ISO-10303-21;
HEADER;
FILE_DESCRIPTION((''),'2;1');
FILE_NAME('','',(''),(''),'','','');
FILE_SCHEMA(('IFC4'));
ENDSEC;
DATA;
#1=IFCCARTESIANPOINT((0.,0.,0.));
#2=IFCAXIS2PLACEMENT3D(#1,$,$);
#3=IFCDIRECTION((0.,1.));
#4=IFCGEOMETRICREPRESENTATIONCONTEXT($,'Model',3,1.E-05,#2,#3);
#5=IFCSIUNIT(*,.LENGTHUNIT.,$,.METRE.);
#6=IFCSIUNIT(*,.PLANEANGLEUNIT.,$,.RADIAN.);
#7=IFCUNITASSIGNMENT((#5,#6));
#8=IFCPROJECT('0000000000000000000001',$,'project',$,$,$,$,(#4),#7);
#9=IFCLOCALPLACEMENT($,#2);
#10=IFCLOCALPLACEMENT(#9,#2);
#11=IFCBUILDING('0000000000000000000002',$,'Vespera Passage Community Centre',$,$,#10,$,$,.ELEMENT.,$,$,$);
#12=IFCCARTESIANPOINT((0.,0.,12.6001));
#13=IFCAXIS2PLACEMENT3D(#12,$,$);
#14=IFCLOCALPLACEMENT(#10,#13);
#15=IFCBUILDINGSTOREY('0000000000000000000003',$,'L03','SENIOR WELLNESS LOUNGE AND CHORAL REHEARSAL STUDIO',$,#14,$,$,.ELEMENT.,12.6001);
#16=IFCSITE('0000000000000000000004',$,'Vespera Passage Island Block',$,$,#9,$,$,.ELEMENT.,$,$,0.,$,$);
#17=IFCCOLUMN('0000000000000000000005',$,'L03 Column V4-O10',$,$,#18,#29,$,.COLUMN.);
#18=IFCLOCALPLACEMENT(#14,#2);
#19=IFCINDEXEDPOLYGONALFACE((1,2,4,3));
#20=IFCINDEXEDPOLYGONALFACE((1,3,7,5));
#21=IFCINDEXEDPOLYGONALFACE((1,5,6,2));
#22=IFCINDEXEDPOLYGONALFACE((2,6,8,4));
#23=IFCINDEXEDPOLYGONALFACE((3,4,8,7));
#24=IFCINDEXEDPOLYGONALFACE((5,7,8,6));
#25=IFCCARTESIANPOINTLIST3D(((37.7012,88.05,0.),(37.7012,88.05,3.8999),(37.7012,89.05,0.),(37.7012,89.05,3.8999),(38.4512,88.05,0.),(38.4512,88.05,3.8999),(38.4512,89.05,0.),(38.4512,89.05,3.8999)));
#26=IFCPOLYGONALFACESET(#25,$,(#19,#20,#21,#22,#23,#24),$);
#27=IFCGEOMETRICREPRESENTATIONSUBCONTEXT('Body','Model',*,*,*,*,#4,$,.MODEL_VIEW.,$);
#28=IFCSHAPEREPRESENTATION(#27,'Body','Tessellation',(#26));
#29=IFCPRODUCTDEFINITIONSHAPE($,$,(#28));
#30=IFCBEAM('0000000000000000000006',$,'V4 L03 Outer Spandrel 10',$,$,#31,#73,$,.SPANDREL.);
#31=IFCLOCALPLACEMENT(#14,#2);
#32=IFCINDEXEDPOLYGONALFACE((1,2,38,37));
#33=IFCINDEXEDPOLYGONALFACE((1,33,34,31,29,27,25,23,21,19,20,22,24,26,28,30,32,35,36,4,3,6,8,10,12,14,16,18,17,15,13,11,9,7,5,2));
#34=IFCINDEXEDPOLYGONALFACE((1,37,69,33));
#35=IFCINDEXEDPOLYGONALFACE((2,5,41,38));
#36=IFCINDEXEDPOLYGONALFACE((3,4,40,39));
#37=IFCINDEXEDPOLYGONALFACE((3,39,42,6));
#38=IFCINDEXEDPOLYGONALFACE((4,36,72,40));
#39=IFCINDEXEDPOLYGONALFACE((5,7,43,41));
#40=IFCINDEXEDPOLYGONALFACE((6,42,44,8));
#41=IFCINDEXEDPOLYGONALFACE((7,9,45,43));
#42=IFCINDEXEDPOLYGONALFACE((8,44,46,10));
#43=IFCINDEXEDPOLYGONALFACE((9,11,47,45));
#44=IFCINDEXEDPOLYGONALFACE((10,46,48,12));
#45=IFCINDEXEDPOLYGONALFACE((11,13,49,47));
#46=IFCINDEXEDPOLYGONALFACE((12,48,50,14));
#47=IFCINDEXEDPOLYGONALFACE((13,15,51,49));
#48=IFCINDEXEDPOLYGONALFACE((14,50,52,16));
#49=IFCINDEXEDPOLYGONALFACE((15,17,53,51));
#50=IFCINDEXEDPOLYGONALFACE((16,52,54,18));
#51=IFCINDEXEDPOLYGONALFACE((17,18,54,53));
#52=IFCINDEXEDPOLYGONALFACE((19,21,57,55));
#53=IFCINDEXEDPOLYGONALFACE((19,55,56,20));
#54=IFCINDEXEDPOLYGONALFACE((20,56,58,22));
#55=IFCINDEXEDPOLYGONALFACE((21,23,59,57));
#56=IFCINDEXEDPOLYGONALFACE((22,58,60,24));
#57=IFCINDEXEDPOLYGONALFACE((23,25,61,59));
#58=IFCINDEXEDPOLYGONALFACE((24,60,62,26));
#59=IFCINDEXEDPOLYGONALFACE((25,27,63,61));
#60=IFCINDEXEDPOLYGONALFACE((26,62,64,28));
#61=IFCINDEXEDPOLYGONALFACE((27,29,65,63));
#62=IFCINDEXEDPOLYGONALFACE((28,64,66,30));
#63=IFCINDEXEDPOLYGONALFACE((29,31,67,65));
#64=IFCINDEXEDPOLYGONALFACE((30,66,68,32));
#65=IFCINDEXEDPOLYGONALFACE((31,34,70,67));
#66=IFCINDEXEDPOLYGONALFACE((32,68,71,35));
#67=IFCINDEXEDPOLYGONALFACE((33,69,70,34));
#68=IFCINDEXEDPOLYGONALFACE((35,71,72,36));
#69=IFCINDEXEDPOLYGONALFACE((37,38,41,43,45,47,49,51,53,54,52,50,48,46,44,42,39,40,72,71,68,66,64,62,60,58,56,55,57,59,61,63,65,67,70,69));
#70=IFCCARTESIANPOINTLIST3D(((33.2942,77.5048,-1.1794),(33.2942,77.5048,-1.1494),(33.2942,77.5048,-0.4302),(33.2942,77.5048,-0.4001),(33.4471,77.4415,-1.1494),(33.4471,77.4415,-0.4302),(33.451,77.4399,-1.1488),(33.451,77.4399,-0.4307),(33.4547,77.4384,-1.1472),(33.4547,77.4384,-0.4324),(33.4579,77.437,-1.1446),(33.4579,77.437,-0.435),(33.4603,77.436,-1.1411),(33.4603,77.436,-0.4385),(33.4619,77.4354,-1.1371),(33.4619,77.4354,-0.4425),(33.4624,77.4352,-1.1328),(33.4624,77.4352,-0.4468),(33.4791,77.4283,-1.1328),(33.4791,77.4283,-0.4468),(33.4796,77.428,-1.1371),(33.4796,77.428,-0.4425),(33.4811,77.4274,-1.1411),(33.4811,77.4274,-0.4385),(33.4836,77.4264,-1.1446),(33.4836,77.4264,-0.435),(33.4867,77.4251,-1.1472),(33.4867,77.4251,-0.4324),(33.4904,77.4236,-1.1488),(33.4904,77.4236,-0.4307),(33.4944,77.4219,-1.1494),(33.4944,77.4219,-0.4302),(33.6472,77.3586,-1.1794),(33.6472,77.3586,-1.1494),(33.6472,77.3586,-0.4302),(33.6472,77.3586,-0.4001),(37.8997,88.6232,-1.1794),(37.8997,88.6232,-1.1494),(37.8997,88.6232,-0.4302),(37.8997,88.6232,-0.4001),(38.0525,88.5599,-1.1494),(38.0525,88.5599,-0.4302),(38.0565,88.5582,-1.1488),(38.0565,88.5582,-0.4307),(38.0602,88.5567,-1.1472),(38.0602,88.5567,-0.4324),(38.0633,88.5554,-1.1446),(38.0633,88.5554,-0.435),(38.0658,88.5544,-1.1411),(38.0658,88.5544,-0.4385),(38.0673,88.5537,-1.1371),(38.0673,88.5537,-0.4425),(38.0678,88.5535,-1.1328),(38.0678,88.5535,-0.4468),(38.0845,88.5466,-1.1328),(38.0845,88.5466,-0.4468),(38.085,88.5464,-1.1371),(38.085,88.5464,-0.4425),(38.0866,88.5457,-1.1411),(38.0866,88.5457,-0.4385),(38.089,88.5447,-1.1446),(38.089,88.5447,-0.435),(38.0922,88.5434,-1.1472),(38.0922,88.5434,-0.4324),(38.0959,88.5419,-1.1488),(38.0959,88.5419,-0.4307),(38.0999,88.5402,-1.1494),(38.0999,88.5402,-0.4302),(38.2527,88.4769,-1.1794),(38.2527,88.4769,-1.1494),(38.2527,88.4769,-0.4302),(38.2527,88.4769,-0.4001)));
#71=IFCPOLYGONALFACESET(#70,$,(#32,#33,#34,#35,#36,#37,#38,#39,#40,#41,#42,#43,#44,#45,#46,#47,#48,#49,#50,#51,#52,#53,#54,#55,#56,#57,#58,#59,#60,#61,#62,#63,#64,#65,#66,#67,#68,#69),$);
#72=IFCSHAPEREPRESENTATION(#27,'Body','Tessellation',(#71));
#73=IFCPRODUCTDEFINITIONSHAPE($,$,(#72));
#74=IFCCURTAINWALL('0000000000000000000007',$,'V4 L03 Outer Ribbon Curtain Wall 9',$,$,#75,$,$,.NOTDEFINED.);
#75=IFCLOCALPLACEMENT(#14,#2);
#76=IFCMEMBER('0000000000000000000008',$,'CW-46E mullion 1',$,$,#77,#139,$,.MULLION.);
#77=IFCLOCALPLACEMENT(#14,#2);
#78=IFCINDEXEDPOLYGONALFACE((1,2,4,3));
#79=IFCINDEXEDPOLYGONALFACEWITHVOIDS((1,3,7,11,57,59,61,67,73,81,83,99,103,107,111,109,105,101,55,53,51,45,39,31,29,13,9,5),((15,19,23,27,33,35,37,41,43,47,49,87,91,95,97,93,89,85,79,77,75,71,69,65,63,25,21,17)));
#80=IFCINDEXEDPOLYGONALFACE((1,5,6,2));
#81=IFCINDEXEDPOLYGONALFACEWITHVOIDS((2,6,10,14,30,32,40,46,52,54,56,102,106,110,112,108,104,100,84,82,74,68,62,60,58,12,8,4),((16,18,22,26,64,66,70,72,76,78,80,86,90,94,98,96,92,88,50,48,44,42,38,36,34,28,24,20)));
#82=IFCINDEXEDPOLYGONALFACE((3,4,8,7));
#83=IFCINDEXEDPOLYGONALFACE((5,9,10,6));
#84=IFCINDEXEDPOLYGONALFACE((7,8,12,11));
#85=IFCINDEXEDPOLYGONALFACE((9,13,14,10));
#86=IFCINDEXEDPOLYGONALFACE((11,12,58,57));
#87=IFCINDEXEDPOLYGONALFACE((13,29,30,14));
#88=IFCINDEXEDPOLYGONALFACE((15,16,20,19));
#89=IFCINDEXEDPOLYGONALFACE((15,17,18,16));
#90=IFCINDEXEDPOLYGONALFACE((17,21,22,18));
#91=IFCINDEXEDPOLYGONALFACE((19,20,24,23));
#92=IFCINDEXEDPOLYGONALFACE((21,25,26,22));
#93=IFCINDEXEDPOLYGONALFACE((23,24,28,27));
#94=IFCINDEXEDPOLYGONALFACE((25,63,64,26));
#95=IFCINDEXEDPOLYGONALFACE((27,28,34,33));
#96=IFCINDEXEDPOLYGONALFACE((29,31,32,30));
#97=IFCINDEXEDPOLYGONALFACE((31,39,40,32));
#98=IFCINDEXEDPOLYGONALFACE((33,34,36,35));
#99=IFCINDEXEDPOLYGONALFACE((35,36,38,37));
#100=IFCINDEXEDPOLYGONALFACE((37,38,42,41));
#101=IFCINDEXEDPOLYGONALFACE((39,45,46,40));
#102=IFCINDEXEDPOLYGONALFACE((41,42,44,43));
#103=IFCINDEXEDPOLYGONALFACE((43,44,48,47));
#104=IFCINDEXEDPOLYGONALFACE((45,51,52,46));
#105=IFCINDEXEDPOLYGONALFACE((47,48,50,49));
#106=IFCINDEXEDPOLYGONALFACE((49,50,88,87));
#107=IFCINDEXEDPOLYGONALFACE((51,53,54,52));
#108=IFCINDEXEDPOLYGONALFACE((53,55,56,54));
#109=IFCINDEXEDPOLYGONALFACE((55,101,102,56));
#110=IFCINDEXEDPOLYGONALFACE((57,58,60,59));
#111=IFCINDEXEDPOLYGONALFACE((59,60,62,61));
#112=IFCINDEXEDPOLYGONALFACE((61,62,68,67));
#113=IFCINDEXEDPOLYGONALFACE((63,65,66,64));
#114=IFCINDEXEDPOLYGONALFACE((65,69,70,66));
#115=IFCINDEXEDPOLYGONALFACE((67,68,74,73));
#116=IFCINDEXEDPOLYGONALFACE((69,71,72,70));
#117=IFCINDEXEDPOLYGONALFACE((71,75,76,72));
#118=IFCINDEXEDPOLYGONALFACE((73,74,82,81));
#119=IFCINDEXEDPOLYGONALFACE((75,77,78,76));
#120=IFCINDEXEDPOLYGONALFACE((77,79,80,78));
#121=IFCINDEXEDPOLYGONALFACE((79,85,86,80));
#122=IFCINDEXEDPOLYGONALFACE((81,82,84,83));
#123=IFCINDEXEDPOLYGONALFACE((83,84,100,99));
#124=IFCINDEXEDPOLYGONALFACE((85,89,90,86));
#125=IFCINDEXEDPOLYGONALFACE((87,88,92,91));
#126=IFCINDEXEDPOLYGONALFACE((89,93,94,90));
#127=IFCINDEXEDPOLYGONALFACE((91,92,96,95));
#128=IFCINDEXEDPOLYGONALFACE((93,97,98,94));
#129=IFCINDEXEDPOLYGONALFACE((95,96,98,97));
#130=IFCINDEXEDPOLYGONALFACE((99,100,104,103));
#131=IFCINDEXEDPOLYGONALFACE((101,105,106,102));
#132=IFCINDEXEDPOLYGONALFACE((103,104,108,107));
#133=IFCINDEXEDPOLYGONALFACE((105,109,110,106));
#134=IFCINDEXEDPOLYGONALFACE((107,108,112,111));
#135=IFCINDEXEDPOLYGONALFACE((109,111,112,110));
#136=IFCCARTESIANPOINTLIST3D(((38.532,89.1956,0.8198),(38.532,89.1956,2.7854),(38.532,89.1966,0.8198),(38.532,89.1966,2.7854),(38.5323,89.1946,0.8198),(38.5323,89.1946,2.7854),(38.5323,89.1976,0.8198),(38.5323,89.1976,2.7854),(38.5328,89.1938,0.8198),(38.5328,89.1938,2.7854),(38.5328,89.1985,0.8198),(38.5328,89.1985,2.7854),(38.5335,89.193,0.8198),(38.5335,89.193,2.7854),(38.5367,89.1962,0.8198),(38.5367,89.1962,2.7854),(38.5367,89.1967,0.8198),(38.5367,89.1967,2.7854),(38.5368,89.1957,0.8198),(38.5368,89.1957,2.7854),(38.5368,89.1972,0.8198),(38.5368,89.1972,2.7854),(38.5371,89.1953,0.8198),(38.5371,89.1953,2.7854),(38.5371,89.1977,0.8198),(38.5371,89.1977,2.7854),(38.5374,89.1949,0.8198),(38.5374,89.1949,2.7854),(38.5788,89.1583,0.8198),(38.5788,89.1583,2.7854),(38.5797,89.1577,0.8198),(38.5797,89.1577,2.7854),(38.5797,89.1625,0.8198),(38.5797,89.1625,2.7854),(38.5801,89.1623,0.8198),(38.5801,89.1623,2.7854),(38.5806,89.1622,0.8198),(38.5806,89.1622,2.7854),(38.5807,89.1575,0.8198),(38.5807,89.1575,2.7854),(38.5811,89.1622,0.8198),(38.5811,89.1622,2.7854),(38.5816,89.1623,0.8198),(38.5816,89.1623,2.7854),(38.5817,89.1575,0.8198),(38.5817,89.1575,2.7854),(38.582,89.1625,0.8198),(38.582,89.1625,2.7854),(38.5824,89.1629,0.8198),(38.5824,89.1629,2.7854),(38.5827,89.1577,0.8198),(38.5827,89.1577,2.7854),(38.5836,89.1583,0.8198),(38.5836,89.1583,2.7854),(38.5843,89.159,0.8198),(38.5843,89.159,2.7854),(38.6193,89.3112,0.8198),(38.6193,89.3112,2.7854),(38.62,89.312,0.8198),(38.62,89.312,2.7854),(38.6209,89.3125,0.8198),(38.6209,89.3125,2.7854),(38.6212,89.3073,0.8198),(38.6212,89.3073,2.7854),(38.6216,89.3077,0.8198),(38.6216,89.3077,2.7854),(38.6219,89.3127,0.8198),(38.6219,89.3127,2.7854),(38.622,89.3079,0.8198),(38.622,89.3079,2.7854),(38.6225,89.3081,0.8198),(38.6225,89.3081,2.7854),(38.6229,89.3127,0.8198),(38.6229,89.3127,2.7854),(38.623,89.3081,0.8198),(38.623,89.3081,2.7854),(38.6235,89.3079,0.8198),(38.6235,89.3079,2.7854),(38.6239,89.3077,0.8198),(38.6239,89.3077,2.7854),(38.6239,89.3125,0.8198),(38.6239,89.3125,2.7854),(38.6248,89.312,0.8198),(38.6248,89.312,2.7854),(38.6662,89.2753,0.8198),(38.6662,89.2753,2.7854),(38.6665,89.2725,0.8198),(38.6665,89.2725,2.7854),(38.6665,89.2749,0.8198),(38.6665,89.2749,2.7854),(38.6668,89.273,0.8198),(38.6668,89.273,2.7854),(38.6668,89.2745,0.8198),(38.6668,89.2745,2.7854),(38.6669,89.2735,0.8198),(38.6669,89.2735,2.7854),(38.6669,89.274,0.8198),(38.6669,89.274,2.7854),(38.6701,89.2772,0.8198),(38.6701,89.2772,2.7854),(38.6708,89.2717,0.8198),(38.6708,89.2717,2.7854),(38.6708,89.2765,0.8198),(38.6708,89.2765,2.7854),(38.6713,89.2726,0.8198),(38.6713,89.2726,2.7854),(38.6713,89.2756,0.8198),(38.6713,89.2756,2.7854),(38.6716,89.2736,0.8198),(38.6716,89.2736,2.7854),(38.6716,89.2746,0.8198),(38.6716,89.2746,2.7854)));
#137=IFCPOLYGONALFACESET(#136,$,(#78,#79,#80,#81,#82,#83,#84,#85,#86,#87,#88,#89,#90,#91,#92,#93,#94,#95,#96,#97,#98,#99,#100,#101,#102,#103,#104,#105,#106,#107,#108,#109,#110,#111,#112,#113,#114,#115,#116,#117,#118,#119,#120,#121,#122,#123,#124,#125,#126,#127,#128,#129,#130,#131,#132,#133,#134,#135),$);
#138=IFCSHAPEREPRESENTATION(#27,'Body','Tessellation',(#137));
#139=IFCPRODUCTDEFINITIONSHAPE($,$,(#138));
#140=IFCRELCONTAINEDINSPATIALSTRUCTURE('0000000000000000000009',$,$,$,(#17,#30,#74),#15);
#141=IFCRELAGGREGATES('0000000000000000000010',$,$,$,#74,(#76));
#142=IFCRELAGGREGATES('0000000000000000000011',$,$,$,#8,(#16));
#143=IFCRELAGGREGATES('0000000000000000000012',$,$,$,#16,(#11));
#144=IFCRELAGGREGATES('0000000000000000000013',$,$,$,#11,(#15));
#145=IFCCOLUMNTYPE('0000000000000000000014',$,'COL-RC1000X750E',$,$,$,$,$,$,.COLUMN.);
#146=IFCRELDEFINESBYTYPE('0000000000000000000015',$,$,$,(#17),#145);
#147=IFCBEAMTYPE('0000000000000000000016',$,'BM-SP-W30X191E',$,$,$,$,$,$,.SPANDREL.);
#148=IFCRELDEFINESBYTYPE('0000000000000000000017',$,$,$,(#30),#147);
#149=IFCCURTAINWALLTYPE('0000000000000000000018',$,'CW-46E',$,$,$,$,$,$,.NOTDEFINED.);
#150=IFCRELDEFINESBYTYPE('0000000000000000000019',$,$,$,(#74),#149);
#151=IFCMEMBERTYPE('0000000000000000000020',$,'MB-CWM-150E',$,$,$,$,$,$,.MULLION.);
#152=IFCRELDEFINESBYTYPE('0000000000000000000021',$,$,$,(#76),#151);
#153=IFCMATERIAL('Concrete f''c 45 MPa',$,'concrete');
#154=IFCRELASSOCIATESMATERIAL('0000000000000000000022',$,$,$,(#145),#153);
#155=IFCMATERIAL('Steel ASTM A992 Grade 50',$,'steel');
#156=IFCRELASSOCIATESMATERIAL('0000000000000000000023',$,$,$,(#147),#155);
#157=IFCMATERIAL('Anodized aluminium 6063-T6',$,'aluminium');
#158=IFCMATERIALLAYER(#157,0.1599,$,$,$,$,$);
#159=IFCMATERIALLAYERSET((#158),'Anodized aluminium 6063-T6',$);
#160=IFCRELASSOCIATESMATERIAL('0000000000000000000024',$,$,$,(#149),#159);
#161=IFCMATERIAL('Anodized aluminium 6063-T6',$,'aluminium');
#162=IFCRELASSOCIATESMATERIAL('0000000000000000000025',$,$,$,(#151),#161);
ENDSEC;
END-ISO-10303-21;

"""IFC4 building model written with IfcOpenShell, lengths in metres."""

from ifc_helpers import new_model, si_unit, direction, frame, origin, origin_2d, place, context, subcontext, project, spatial, rectangle, hollow_rectangle, i_section, extrude, material, layer, layer_set, material_profile, profile_set, type_object, element, aggregate, save


model = new_model("IFC4")

# Units and contexts
model_context = context("Model", 3, precision=1e-05, world=origin(), true_north=direction((0.0, 1.0)))
body_context = subcontext(model_context, "Body", "Model", "MODEL_VIEW")
ifc_project = project(units=[si_unit("LENGTHUNIT", "METRE"), si_unit("PLANEANGLEUNIT", "RADIAN")], contexts=[model_context])

# Site, building, storey
site_placement = place(None, origin())
site = spatial("IfcSite", under=ifc_project, at=site_placement, Name="Vespera Passage Island Block", CompositionType="ELEMENT", RefElevation=0.0)
building_placement = place(site_placement, origin())
building = spatial("IfcBuilding", under=site, at=building_placement, Name="Vespera Passage Community Centre", CompositionType="ELEMENT")
storey_placement = place(building_placement, frame((0.0, 0.0, 12.6001)))
storey = spatial("IfcBuildingStorey", under=building, at=storey_placement, Name="L03", Description="SENIOR WELLNESS LOUNGE AND CHORAL REHEARSAL STUDIO", CompositionType="ELEMENT", Elevation=12.6001)

# Column
ifc_material_1 = material(Name="Concrete f'c 45 MPa", Category="concrete")
ifc_material_profile_1 = material_profile(ifc_material_1, rectangle(XDim=0.75, YDim=1.0, at=origin_2d()), Name="RC1000X750")
ifc_profile_set_1 = profile_set([ifc_material_profile_1], Name="Concrete f'c 45 MPa")
column_type = type_object("IfcColumnType", Name="COL-RC1000X750E", PredefinedType="COLUMN", material=ifc_profile_set_1)
column_placement = place(storey_placement, frame((38.0762, 88.55, 0.0), z_axis=(0.0, 0.0, 1.0), x_axis=(1.0, 0.0, 0.0)))
element("IfcColumn", 1, at=column_placement, inside=storey, type_object=column_type, Name="L03 Column V4-O10", PredefinedType="COLUMN", context=body_context, shape_type="SweptSolid", body=[
    extrude(rectangle(XDim=0.75, YDim=1.0, at=origin_2d()), origin(), (0.0, 0.0, 1.0), 3.8999),
])

# Beam
ifc_material_2 = material(Name="Steel ASTM A992 Grade 50", Category="steel")
ifc_material_profile_2 = material_profile(ifc_material_2, i_section(OverallWidth=0.3821, OverallDepth=0.7793, WebThickness=0.0181, FlangeThickness=0.03, FilletRadius=0.0166, at=origin_2d()), Name="W30X191")
ifc_profile_set_2 = profile_set([ifc_material_profile_2], Name="Steel ASTM A992 Grade 50")
beam_type = type_object("IfcBeamType", Name="BM-SP-W30X191E", PredefinedType="SPANDREL", material=ifc_profile_set_2)
beam_placement = place(storey_placement, frame((38.0762, 88.55, -0.7898), z_axis=(-0.382689, -0.923877, 0.0), x_axis=(0.923877, -0.382689, 0.0)))
element("IfcBeam", 2, at=beam_placement, inside=storey, type_object=beam_type, Name="V4 L03 Outer Spandrel 10", PredefinedType="SPANDREL", context=body_context, shape_type="SweptSolid", body=[
    extrude(i_section(OverallWidth=0.3821, OverallDepth=0.7793, WebThickness=0.0181, FlangeThickness=0.03, FilletRadius=0.0166, at=origin_2d()), origin(), (0.0, 0.0, 1.0), 12.0344),
])

# Curtain wall, member
ifc_material_3 = material(Name="Anodized aluminium 6063-T6", Category="aluminium")
ifc_layer_1 = layer(ifc_material_3, 0.1599)
ifc_layer_set_1 = layer_set([ifc_layer_1], Name="Anodized aluminium 6063-T6")
curtain_wall_type = type_object("IfcCurtainWallType", Name="CW-46E", PredefinedType="NOTDEFINED", material=ifc_layer_set_1)
curtain_wall_placement = place(storey_placement, origin())
curtain_wall = element("IfcCurtainWall", 3, at=curtain_wall_placement, inside=storey, type_object=curtain_wall_type, Name="V4 L03 Outer Ribbon Curtain Wall 9", PredefinedType="NOTDEFINED")
ifc_material_4 = material(Name="Anodized aluminium 6063-T6", Category="aluminium")
ifc_material_profile_3 = material_profile(ifc_material_4, hollow_rectangle(XDim=0.0649, YDim=0.1499, WallThickness=0.0039, InnerFilletRadius=0.002, OuterFilletRadius=0.0039, at=origin_2d()), Name="ALU150X65X4")
ifc_profile_set_3 = profile_set([ifc_material_profile_3], Name="Anodized aluminium 6063-T6")
member_type_1 = type_object("IfcMemberType", Name="MB-CWM-150E", PredefinedType="MULLION", material=ifc_profile_set_3)
member_1_placement = place(storey_placement, frame((38.6018, 89.2351, 0.8198), z_axis=(0.0, 0.0, 1.0), x_axis=(-0.79335, 0.608765, 0.0)))
member_1 = element("IfcMember", 4, at=member_1_placement, type_object=member_type_1, Name="CW-46E mullion 1", PredefinedType="MULLION", context=body_context, shape_type="SweptSolid", body=[
    extrude(hollow_rectangle(XDim=0.0649, YDim=0.1499, WallThickness=0.0039, InnerFilletRadius=0.002, OuterFilletRadius=0.0039, at=origin_2d()), origin(), (0.0, 0.0, 1.0), 1.9656),
])
aggregate(curtain_wall, [member_1])

save(model, "model.ifc")
